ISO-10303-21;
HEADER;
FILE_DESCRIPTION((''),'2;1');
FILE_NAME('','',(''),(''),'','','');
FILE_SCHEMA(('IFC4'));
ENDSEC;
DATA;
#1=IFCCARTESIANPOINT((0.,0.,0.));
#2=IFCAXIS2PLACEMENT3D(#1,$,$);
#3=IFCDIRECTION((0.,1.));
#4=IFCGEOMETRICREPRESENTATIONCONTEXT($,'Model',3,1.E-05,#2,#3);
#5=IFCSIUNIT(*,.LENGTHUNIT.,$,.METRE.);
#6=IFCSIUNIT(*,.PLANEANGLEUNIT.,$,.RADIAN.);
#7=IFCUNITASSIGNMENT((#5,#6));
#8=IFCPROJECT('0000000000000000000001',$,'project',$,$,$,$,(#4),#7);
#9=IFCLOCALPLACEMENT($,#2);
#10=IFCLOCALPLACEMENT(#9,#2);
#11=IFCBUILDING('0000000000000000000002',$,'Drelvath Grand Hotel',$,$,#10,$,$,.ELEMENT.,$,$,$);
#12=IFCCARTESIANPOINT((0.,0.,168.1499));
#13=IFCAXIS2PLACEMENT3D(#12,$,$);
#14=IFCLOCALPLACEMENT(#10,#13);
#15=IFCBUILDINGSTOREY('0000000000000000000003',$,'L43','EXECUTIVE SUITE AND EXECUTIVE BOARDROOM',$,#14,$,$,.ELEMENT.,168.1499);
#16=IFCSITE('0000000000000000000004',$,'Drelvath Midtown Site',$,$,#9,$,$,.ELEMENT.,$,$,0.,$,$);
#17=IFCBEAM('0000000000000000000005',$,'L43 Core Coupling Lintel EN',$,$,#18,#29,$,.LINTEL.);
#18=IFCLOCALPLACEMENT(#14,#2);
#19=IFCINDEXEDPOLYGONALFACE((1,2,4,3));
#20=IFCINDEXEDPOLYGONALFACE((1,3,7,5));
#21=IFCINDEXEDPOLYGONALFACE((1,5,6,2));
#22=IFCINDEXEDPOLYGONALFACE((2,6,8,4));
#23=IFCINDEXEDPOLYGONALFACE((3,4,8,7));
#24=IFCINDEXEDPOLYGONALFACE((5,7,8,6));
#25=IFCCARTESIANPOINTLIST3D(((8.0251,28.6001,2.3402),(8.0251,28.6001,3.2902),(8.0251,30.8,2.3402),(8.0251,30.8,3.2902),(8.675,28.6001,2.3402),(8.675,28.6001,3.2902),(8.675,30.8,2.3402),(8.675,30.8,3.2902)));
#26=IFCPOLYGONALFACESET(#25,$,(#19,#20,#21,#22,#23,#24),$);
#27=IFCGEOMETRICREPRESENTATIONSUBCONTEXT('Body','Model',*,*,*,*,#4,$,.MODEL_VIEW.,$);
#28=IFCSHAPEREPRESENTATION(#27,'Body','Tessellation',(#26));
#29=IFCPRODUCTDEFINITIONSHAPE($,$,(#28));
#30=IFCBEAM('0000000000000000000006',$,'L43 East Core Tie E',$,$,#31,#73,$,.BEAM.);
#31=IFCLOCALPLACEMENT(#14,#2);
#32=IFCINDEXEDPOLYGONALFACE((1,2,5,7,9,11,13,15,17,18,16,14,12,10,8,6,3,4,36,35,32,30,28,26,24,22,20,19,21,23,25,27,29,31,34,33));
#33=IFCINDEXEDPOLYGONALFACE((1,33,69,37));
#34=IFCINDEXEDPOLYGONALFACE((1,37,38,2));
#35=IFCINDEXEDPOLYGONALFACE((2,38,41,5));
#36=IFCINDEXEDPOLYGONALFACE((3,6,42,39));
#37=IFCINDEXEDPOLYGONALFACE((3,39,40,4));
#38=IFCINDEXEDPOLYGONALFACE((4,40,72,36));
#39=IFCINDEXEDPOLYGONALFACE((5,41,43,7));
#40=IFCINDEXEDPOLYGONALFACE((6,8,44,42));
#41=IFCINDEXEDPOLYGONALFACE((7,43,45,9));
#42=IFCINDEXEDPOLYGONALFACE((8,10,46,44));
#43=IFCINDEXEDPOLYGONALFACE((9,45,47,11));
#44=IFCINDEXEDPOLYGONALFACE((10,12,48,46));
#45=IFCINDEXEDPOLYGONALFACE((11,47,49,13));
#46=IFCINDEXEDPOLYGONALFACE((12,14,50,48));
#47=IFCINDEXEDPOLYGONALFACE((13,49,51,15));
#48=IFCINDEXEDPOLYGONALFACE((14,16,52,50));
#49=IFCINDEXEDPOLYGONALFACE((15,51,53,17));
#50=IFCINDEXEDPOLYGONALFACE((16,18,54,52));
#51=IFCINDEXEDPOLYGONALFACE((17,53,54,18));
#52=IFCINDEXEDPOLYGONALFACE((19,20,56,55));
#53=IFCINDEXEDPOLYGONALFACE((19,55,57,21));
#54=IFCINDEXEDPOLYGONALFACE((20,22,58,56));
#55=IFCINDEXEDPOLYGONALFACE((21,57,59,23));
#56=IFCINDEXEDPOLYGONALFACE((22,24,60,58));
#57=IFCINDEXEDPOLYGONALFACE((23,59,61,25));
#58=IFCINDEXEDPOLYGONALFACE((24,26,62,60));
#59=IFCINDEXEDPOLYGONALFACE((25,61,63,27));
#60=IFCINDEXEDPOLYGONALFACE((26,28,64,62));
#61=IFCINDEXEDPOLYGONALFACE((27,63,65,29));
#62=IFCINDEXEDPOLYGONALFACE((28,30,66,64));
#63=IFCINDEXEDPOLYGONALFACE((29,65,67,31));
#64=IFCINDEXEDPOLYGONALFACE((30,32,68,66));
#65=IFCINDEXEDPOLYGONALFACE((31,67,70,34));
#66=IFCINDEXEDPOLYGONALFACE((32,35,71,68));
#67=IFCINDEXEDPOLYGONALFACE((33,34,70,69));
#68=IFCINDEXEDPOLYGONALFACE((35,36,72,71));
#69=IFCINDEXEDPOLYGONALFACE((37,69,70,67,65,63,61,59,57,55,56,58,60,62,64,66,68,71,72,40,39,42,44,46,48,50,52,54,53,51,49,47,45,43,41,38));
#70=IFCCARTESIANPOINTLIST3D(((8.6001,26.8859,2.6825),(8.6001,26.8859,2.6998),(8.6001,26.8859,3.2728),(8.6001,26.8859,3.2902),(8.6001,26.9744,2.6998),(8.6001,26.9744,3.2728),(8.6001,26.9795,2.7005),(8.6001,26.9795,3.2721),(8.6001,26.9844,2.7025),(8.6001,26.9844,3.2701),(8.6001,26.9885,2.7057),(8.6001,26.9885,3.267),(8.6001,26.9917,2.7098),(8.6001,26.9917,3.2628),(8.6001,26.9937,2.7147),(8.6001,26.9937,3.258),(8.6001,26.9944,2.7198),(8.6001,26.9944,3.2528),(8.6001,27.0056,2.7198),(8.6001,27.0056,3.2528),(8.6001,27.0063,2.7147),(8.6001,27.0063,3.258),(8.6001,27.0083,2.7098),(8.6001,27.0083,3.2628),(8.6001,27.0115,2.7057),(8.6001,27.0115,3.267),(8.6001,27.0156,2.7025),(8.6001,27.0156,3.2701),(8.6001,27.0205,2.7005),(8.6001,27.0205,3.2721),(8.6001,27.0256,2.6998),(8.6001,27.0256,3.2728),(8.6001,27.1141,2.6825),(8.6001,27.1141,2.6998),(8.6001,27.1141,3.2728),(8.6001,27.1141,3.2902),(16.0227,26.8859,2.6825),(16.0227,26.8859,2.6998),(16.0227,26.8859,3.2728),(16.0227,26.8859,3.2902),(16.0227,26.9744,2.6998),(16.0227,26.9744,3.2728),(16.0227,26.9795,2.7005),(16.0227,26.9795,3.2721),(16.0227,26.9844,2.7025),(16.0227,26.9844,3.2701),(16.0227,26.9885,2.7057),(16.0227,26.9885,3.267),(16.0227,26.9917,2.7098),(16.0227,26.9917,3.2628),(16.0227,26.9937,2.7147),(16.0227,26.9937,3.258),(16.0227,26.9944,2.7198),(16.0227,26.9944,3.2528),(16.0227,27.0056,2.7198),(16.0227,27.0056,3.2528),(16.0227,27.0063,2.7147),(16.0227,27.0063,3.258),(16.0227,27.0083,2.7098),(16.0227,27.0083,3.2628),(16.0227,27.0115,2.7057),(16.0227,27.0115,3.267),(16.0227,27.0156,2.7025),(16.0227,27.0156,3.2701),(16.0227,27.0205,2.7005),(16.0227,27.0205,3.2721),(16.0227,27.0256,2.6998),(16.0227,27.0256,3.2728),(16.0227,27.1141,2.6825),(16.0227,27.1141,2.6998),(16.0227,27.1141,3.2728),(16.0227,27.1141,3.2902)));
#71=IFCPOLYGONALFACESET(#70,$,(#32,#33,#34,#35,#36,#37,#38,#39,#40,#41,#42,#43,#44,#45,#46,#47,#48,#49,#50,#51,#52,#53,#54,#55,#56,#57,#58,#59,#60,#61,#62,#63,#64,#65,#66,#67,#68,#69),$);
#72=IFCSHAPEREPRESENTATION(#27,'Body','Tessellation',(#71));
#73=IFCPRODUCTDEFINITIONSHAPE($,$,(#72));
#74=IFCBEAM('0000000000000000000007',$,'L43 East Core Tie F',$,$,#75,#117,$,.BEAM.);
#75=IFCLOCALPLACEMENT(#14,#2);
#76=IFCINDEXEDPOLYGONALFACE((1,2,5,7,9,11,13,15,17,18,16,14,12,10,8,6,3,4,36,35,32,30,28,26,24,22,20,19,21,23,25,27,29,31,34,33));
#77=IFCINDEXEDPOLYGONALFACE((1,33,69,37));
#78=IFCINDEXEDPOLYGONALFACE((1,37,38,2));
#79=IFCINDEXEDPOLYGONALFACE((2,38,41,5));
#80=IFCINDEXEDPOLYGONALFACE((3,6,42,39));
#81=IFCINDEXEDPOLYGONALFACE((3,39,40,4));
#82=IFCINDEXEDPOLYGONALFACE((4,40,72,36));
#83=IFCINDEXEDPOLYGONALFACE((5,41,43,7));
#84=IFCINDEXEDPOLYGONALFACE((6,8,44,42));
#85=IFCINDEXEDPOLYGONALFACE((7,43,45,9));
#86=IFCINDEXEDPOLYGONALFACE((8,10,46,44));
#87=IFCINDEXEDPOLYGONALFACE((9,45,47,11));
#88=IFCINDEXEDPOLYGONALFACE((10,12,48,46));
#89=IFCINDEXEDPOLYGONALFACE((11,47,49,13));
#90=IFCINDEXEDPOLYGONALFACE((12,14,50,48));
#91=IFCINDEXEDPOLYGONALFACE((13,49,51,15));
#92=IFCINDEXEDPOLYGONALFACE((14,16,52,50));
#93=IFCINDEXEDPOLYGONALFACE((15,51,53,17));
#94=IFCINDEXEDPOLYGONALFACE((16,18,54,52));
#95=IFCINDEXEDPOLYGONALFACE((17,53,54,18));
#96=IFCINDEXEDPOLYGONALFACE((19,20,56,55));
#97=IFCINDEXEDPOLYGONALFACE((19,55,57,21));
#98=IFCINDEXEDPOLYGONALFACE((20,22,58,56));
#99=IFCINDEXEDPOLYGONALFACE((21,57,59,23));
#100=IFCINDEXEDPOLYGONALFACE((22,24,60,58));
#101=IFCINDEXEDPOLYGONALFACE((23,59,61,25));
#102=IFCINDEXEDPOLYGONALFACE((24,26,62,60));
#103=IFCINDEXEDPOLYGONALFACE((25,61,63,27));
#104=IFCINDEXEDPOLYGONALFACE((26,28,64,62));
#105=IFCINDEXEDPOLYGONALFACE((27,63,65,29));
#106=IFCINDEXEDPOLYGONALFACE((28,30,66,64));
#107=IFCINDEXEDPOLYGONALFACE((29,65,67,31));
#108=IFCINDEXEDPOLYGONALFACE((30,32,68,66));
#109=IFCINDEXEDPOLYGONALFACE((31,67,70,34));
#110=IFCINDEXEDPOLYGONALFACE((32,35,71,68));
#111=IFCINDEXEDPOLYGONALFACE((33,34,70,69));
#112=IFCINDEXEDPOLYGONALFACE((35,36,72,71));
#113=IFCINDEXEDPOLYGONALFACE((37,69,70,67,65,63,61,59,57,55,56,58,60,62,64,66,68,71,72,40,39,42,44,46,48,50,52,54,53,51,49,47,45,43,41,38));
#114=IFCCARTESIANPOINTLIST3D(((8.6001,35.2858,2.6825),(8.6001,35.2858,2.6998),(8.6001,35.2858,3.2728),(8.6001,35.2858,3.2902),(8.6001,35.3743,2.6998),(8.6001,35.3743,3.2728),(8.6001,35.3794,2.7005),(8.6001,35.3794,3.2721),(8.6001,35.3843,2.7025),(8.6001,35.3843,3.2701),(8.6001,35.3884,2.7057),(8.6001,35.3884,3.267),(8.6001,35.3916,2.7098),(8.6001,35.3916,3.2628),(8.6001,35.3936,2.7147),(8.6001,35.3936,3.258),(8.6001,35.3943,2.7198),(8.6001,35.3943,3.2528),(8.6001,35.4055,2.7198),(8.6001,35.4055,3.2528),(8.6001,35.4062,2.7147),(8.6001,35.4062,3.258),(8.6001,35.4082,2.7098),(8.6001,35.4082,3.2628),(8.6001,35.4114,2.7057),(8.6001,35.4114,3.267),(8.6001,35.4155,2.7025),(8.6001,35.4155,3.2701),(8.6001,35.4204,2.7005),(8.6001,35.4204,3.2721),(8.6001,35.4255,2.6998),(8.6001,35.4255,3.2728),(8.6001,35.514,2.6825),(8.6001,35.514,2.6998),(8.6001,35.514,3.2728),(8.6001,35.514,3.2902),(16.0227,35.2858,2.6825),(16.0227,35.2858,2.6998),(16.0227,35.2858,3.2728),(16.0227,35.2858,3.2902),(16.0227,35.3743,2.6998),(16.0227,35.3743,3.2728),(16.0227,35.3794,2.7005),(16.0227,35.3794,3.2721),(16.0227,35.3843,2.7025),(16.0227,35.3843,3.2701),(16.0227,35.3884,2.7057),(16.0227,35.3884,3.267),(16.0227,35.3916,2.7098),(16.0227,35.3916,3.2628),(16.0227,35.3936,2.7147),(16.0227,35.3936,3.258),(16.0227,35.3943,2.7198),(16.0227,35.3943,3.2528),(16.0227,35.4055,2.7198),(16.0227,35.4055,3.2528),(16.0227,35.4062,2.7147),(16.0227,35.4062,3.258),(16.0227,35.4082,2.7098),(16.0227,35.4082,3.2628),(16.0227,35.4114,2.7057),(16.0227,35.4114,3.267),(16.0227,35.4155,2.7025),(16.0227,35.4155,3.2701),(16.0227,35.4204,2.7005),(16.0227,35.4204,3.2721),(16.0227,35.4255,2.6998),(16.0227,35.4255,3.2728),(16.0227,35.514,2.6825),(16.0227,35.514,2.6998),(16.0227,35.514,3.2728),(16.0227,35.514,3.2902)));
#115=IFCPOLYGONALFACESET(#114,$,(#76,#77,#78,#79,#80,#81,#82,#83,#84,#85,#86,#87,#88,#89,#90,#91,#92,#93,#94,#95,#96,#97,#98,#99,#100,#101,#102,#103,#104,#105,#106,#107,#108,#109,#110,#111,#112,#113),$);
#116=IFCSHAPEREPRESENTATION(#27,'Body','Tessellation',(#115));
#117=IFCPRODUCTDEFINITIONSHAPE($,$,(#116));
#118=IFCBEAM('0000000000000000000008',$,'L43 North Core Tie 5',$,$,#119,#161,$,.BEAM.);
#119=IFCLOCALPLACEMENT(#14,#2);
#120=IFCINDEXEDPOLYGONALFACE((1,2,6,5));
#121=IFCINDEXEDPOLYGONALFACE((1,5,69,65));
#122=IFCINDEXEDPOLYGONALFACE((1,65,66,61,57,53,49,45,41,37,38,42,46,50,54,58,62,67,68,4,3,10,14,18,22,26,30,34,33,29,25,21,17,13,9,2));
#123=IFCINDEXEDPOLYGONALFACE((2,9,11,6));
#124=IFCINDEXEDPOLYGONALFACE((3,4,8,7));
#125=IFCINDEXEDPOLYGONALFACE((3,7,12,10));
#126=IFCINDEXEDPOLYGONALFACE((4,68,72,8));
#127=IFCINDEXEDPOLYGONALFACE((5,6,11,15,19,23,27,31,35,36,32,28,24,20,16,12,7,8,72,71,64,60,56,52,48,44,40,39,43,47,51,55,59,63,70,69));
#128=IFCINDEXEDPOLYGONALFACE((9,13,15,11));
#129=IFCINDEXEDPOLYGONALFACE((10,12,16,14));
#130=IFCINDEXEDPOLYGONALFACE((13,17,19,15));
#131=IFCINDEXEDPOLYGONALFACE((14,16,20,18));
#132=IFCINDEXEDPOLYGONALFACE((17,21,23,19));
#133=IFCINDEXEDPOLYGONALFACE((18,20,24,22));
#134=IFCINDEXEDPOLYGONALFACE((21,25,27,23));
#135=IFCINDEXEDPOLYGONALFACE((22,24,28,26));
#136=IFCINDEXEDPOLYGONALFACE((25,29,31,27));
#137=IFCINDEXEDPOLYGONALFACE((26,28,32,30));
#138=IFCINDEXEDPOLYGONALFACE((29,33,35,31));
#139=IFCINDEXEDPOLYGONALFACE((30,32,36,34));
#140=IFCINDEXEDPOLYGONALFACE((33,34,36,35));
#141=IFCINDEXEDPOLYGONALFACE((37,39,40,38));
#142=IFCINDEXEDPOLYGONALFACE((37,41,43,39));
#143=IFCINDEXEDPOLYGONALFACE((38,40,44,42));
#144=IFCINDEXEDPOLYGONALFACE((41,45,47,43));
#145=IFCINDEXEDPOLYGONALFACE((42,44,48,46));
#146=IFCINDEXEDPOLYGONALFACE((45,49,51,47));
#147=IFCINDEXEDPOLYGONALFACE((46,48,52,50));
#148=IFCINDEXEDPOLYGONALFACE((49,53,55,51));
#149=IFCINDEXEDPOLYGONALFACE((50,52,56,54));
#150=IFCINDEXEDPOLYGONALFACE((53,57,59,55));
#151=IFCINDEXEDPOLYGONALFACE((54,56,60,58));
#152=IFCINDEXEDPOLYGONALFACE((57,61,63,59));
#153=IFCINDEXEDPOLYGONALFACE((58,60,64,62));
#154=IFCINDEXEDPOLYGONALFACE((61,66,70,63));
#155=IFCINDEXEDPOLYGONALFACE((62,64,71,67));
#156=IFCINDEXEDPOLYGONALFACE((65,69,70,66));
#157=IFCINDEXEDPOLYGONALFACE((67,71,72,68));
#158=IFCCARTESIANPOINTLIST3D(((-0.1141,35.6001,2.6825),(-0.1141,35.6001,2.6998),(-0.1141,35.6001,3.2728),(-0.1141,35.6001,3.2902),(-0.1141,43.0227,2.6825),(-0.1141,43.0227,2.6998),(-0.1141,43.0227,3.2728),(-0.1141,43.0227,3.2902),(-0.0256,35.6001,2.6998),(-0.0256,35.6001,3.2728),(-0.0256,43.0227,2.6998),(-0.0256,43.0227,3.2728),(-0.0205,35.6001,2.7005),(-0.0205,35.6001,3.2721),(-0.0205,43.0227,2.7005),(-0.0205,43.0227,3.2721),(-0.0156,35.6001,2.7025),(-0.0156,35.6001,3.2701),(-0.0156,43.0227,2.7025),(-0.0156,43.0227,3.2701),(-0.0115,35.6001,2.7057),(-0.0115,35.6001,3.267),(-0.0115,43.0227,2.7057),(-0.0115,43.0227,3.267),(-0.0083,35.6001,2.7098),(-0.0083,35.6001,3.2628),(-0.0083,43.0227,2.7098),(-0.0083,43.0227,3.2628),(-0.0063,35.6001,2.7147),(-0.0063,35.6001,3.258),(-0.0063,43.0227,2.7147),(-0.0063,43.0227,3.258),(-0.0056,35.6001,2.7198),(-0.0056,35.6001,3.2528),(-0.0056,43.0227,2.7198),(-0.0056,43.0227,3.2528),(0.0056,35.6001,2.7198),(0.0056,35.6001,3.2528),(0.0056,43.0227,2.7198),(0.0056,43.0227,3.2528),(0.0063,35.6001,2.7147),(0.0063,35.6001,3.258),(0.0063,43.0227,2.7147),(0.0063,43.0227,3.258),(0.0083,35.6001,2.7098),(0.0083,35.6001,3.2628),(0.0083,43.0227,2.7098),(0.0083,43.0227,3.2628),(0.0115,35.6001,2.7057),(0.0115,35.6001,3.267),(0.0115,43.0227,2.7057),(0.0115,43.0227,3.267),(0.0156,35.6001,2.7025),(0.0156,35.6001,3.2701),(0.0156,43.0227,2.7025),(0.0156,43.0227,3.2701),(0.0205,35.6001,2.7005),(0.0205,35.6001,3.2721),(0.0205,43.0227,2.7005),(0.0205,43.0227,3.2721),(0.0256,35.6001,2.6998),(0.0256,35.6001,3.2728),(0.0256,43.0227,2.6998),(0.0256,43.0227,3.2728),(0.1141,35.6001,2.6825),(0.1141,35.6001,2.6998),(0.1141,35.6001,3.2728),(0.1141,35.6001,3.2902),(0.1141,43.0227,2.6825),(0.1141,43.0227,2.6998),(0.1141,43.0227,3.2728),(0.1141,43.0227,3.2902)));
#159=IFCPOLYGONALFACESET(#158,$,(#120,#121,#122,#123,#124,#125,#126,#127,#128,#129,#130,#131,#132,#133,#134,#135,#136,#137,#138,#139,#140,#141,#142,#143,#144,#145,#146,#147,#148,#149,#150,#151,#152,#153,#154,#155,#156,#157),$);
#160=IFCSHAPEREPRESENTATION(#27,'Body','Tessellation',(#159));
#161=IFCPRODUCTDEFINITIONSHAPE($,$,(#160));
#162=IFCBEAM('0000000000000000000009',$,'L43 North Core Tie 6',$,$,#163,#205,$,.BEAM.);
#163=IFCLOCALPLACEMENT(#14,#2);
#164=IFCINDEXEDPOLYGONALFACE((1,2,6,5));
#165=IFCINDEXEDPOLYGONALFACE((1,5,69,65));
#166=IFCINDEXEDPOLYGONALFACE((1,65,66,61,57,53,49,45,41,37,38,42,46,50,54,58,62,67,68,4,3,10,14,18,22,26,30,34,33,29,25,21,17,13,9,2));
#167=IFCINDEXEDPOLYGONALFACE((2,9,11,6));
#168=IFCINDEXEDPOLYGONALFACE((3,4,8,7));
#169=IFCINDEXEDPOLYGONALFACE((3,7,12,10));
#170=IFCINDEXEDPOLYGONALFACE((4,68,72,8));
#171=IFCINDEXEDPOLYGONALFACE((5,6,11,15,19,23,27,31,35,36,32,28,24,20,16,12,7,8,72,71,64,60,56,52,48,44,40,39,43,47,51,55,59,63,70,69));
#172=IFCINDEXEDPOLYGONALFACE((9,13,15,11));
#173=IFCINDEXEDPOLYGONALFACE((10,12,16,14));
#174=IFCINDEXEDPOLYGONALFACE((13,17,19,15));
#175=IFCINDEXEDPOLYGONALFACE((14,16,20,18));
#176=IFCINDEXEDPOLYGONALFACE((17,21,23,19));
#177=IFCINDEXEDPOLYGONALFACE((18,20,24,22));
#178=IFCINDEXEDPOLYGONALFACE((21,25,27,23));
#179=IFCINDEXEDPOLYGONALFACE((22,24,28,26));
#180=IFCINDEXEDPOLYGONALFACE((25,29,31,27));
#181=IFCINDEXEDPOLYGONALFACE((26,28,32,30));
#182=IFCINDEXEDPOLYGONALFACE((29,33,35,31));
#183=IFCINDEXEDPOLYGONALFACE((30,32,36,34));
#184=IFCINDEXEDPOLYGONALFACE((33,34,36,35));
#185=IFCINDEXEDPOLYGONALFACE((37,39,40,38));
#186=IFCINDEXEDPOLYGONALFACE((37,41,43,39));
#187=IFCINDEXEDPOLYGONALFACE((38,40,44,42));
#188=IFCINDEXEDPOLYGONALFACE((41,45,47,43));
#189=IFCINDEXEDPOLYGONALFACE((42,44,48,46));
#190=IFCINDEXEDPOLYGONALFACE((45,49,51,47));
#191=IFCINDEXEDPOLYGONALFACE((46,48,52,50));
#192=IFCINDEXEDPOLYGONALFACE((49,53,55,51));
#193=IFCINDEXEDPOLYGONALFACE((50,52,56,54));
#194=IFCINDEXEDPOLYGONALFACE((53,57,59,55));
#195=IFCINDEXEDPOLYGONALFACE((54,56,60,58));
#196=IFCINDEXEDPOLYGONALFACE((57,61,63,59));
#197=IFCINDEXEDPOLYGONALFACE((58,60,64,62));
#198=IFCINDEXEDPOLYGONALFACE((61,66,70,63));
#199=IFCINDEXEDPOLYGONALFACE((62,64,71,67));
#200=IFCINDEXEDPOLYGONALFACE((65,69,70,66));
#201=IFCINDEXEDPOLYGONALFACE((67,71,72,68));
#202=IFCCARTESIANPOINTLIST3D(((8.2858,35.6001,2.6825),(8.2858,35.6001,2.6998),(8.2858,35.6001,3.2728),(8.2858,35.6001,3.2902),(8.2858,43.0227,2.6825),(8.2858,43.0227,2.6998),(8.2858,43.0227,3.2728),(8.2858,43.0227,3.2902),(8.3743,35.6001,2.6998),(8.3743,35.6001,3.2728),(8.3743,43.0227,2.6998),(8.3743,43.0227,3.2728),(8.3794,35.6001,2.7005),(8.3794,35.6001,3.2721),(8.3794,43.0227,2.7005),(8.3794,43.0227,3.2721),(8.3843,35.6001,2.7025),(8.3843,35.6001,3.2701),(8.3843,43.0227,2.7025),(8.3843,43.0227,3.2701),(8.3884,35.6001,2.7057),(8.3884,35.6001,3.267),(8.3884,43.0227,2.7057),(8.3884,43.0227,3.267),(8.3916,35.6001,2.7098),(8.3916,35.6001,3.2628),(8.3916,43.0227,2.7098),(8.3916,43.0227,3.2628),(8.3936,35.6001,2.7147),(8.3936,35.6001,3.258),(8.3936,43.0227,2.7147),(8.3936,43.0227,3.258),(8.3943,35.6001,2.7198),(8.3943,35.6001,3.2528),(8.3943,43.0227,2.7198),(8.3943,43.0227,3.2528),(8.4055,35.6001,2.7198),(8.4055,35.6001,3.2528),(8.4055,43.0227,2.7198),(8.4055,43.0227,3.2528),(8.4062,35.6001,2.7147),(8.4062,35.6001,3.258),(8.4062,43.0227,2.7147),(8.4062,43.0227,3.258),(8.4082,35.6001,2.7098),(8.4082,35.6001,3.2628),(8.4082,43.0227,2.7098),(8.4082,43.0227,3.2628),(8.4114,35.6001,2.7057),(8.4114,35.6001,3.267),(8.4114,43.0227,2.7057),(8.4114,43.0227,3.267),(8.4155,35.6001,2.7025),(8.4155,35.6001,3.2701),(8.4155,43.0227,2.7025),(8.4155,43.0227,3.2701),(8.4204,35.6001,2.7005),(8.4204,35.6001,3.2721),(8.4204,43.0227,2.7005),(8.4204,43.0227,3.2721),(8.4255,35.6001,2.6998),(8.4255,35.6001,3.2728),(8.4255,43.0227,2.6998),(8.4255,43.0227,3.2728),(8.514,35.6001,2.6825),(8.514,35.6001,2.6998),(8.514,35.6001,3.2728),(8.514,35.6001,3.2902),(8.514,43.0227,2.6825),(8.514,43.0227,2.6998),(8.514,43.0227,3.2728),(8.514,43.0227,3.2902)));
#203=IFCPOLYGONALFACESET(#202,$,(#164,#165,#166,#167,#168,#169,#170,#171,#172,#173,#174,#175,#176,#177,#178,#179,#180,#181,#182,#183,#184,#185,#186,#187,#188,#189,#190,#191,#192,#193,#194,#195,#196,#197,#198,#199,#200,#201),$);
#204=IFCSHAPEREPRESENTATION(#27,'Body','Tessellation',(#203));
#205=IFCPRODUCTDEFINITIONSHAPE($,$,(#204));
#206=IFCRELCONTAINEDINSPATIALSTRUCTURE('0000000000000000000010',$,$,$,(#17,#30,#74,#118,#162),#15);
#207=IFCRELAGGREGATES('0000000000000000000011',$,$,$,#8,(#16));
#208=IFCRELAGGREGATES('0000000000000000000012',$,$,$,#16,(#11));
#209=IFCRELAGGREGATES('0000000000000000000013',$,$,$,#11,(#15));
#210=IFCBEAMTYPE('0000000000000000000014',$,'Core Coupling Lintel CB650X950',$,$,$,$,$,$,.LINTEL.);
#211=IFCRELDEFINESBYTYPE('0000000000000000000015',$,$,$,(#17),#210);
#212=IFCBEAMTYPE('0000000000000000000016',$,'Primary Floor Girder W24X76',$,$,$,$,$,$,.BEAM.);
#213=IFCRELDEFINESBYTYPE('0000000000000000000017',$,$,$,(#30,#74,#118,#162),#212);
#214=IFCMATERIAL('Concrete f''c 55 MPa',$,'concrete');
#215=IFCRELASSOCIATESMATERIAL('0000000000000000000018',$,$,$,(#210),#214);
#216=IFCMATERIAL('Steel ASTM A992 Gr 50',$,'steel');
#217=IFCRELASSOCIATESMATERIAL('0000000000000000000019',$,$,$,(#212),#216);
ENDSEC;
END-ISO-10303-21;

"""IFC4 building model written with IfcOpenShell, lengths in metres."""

from ifc_helpers import new_model, si_unit, direction, frame, origin, origin_2d, place, context, subcontext, project, spatial, rectangle, i_section, extrude, material, material_profile, profile_set, type_object, element, save


model = new_model("IFC4")

# Units and contexts
model_context = context("Model", 3, precision=1e-05, world=origin(), true_north=direction((0.0, 1.0)))
body_context = subcontext(model_context, "Body", "Model", "MODEL_VIEW")
ifc_project = project(units=[si_unit("LENGTHUNIT", "METRE"), si_unit("PLANEANGLEUNIT", "RADIAN")], contexts=[model_context])

# Site, building, storey
site_placement = place(None, origin())
site = spatial("IfcSite", under=ifc_project, at=site_placement, Name="Drelvath Midtown Site", CompositionType="ELEMENT", RefElevation=0.0)
building_placement = place(site_placement, origin())
building = spatial("IfcBuilding", under=site, at=building_placement, Name="Drelvath Grand Hotel", CompositionType="ELEMENT")
storey_placement = place(building_placement, frame((0.0, 0.0, 168.1499)))
storey = spatial("IfcBuildingStorey", under=building, at=storey_placement, Name="L43", Description="EXECUTIVE SUITE AND EXECUTIVE BOARDROOM", CompositionType="ELEMENT", Elevation=168.1499)

# Beams
ifc_material_1 = material(Name="Concrete f'c 55 MPa", Category="concrete")
ifc_material_profile_1 = material_profile(ifc_material_1, rectangle(XDim=0.6499, YDim=0.95, at=origin_2d()), Name="CB650X950")
ifc_profile_set_1 = profile_set([ifc_material_profile_1], Name="Concrete f'c 55 MPa")
beam_type_1 = type_object("IfcBeamType", Name="Core Coupling Lintel CB650X950", PredefinedType="LINTEL", material=ifc_profile_set_1)
beam_placement = place(storey_placement, frame((8.3501, 28.6001, 2.8152), z_axis=(0.0, 1.0, 0.0), x_axis=(-1.0, 0.0, 0.0)))
element("IfcBeam", 1, at=beam_placement, inside=storey, type_object=beam_type_1, Name="L43 Core Coupling Lintel EN", PredefinedType="LINTEL", context=body_context, shape_type="SweptSolid", body=[
    extrude(rectangle(XDim=0.6499, YDim=0.95, at=origin_2d()), origin(), (0.0, 0.0, 1.0), 2.2),
])
ifc_material_2 = material(Name="Steel ASTM A992 Gr 50", Category="steel")
ifc_material_profile_2 = material_profile(ifc_material_2, i_section(OverallWidth=0.2283, OverallDepth=0.6077, WebThickness=0.0112, FlangeThickness=0.0173, FilletRadius=0.02, at=origin_2d()), Name="W24X76")
ifc_profile_set_2 = profile_set([ifc_material_profile_2], Name="Steel ASTM A992 Gr 50")
beam_type_2 = type_object("IfcBeamType", Name="Primary Floor Girder W24X76", PredefinedType="BEAM", material=ifc_profile_set_2)
for number, where, z_axis, x_axis, name in (
    (2, (8.6001, 27.0, 2.9863), (1.0, 0.0, 0.0), (0.0, 1.0, 0.0), "L43 East Core Tie E"),
    (3, (8.6001, 35.3999, 2.9863), (1.0, 0.0, 0.0), (0.0, 1.0, 0.0), "L43 East Core Tie F"),
    (4, (0.0, 35.6001, 2.9863), (0.0, 1.0, 0.0), (-1.0, 0.0, 0.0), "L43 North Core Tie 5"),
    (5, (8.3999, 35.6001, 2.9863), (0.0, 1.0, 0.0), (-1.0, 0.0, 0.0), "L43 North Core Tie 6"),
):
    element("IfcBeam", number, at=place(storey_placement, frame(where, z_axis=z_axis, x_axis=x_axis)), inside=storey, type_object=beam_type_2, Name=name, PredefinedType="BEAM", context=body_context, shape_type="SweptSolid", body=[
        extrude(i_section(OverallWidth=0.2283, OverallDepth=0.6077, WebThickness=0.0112, FlangeThickness=0.0173, FilletRadius=0.02, at=origin_2d()), origin(), (0.0, 0.0, 1.0), 7.4226),
    ])

save(model, "model.ifc")
